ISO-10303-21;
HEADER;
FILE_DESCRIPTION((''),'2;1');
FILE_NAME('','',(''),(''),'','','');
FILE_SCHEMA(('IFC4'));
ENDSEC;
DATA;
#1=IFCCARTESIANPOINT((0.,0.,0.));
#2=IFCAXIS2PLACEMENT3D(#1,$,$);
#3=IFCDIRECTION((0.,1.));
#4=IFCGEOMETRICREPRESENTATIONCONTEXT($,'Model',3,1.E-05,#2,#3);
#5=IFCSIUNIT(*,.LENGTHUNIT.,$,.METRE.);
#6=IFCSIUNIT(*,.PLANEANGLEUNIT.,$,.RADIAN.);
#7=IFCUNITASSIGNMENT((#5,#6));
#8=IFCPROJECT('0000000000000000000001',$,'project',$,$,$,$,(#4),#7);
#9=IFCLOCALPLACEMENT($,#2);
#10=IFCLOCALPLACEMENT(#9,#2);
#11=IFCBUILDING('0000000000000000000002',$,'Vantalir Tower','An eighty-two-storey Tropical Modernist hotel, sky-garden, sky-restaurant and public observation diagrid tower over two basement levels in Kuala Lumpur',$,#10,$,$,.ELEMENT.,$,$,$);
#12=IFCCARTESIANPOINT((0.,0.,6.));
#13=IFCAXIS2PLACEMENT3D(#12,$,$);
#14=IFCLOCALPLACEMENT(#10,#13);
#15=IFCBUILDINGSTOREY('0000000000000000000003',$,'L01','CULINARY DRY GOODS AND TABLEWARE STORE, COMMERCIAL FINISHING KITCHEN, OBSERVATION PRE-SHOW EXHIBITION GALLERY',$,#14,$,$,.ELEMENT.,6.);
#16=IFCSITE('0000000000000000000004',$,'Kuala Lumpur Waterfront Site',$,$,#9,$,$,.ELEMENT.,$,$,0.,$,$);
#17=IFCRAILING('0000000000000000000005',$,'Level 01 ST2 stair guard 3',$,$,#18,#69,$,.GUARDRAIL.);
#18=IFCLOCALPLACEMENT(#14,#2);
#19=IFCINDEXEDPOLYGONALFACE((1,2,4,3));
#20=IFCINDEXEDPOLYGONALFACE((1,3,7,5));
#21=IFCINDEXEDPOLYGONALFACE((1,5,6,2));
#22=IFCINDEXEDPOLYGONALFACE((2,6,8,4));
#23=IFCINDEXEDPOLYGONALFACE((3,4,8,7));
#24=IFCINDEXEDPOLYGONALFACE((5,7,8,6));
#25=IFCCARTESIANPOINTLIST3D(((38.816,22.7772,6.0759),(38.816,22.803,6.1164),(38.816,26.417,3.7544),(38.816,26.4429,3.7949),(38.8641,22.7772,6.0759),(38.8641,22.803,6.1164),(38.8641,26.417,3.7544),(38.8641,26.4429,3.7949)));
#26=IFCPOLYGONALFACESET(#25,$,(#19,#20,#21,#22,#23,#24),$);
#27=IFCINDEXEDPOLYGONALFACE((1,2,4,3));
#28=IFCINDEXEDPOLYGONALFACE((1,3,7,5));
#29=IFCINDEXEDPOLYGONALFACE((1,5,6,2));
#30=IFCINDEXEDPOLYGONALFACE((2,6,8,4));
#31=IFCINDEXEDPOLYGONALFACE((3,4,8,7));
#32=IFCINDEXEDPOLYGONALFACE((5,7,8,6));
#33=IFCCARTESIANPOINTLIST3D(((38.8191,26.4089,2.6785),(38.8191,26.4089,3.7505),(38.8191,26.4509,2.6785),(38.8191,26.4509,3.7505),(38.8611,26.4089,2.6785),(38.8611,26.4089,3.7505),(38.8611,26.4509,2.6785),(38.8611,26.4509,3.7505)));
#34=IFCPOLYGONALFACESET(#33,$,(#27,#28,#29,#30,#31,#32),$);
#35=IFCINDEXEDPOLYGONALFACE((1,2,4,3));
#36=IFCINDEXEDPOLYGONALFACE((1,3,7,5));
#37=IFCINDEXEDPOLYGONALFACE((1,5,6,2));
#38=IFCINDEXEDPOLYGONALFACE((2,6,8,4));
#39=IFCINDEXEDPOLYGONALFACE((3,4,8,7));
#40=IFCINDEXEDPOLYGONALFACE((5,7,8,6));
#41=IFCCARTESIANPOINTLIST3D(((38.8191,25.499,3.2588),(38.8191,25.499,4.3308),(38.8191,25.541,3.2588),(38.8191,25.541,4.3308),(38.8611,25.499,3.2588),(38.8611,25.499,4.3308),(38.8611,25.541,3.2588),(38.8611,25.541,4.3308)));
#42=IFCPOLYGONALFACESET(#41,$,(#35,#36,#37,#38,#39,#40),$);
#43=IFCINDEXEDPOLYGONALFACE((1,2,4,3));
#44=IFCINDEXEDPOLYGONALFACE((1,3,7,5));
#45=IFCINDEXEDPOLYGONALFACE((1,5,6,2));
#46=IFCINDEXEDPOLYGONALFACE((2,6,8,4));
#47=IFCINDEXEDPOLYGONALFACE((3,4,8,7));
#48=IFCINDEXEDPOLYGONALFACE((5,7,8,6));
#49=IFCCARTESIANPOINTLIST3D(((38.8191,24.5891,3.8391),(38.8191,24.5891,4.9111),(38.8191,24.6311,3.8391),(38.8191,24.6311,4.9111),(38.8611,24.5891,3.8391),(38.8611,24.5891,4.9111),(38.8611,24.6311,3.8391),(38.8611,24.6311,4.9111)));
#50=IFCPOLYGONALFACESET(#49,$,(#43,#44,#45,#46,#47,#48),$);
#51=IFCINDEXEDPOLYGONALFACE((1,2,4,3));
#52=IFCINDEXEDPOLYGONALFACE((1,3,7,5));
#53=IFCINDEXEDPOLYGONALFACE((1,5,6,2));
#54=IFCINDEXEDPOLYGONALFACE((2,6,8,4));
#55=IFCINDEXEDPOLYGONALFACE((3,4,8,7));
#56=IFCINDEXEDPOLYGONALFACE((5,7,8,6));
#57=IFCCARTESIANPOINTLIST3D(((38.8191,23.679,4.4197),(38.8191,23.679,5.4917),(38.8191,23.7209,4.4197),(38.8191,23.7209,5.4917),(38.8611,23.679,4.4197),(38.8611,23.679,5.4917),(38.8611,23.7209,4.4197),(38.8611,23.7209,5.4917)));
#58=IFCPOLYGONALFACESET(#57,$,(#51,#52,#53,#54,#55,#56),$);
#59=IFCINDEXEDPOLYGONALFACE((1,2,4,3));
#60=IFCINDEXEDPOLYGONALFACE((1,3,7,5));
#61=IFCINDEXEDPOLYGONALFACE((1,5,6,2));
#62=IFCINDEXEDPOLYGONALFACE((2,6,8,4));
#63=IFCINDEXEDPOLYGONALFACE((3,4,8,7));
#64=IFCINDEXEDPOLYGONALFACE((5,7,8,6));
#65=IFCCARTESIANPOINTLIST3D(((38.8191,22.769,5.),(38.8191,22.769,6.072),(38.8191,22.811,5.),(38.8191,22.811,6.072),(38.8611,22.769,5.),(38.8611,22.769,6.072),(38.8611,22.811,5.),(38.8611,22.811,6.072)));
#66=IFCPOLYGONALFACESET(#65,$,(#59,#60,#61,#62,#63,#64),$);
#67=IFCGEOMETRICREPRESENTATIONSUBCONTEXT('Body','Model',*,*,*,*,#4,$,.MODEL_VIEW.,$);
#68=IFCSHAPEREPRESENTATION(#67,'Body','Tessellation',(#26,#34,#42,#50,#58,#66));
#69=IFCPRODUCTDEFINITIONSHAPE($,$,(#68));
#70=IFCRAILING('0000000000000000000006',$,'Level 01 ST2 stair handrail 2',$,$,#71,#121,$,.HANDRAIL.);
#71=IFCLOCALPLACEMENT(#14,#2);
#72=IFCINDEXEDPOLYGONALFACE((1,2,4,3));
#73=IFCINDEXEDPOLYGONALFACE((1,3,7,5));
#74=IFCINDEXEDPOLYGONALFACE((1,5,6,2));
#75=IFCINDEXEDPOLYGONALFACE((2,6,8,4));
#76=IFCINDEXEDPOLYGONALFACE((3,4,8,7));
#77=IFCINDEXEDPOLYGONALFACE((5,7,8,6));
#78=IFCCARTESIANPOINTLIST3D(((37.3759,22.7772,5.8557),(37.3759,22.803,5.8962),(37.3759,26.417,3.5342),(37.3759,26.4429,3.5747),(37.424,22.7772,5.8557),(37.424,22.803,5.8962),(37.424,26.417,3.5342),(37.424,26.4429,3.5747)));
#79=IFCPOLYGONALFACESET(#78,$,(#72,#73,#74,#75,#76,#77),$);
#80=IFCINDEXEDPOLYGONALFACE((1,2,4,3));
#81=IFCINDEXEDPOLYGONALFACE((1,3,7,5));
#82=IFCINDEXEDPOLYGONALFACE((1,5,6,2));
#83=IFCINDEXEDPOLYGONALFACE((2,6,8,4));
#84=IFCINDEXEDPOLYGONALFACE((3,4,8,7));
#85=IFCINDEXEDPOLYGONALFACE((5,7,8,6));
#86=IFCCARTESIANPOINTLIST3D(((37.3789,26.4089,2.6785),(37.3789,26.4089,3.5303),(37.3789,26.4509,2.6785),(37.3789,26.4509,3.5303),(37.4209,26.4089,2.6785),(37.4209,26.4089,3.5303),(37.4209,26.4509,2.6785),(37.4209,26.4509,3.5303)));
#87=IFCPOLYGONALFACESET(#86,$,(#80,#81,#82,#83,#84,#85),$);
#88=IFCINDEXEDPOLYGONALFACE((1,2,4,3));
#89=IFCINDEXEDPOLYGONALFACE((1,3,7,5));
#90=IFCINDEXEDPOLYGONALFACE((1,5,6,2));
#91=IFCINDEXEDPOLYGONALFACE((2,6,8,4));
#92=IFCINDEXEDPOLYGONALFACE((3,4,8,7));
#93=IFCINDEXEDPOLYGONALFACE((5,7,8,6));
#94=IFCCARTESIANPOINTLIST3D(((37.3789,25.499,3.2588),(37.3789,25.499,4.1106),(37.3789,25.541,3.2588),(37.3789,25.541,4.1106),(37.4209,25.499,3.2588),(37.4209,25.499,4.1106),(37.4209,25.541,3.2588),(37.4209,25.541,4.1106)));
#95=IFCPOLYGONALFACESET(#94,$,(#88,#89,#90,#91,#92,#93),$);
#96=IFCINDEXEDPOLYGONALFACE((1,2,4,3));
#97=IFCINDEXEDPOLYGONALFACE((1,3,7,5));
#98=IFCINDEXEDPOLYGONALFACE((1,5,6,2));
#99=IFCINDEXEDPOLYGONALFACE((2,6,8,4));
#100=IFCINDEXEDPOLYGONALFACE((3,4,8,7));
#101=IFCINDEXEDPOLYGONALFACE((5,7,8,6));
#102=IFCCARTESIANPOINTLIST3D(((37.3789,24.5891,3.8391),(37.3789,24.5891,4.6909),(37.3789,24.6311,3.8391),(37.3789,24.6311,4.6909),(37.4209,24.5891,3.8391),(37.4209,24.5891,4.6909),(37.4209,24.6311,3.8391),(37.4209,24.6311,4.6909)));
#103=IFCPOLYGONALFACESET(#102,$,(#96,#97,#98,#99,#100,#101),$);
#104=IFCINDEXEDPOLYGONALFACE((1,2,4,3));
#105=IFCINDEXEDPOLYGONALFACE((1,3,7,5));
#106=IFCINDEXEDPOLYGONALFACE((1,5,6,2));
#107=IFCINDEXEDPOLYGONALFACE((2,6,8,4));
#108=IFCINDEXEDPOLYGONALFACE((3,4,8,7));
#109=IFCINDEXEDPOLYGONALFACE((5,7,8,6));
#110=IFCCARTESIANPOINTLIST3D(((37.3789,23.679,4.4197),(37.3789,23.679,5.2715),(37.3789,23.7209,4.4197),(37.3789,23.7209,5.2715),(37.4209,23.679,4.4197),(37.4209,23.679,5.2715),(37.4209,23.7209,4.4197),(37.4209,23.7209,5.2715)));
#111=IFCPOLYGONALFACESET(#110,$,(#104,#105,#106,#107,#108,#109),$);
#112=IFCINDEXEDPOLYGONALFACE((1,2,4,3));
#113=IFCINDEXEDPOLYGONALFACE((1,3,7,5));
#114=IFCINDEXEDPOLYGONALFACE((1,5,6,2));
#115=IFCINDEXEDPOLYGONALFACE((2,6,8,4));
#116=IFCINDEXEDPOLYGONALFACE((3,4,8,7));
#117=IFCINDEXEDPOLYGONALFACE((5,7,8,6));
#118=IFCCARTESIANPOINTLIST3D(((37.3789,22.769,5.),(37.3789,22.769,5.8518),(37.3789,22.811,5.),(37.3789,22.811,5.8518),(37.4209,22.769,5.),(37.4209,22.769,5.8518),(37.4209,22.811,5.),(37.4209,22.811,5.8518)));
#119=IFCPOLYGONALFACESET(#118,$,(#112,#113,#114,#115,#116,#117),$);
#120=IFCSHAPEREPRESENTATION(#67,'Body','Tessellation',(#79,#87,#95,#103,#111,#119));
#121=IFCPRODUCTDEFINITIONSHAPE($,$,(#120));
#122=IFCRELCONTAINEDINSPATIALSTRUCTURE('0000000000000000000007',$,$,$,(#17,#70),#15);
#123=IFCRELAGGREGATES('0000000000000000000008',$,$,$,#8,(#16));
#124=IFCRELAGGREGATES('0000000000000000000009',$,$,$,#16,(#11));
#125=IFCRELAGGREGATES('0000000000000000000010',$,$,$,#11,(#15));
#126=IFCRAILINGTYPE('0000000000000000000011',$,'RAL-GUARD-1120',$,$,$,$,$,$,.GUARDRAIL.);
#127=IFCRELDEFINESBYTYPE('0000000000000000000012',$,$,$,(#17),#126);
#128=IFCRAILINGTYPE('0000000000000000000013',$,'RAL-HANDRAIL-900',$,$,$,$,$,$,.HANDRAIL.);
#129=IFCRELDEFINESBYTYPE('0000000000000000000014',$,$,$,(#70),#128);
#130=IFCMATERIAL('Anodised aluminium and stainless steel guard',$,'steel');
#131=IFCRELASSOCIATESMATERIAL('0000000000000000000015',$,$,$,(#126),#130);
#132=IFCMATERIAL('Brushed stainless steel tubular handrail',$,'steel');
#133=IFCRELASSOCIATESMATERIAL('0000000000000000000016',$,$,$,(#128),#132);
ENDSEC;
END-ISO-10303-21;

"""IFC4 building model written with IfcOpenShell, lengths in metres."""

from ifc_helpers import new_model, si_unit, direction, frame, origin, origin_2d, place, context, subcontext, project, spatial, rectangle, extrude, material, type_object, element, save


model = new_model("IFC4")

# Units and contexts
model_context = context("Model", 3, precision=1e-05, world=origin(), true_north=direction((0.0, 1.0)))
body_context = subcontext(model_context, "Body", "Model", "MODEL_VIEW")
ifc_project = project(units=[si_unit("LENGTHUNIT", "METRE"), si_unit("PLANEANGLEUNIT", "RADIAN")], contexts=[model_context])

# Site, building, storey
site_placement = place(None, origin())
site = spatial("IfcSite", under=ifc_project, at=site_placement, Name="Kuala Lumpur Waterfront Site", CompositionType="ELEMENT", RefElevation=0.0)
building_placement = place(site_placement, origin())
building = spatial("IfcBuilding", under=site, at=building_placement, Name="Vantalir Tower", Description="An eighty-two-storey Tropical Modernist hotel, sky-garden, sky-restaurant and public observation diagrid tower over two basement levels in Kuala Lumpur", CompositionType="ELEMENT")
storey_placement = place(building_placement, frame((0.0, 0.0, 6.0)))
storey = spatial("IfcBuildingStorey", under=building, at=storey_placement, Name="L01", Description="CULINARY DRY GOODS AND TABLEWARE STORE, COMMERCIAL FINISHING KITCHEN, OBSERVATION PRE-SHOW EXHIBITION GALLERY", CompositionType="ELEMENT", Elevation=6.0)

# Railings
ifc_material_1 = material(Name="Anodised aluminium and stainless steel guard", Category="steel")
railing_type_1 = type_object("IfcRailingType", Name="RAL-GUARD-1120", PredefinedType="GUARDRAIL", material=ifc_material_1)
railing_1_placement = place(storey_placement, frame((38.8401, 26.4299, 2.6785)))
element("IfcRailing", 1, at=railing_1_placement, inside=storey, type_object=railing_type_1, Name="Level 01 ST2 stair guard 3", PredefinedType="GUARDRAIL", context=body_context, shape_type="SweptSolid", body=[
    extrude(rectangle(XDim=0.0481, YDim=0.0481, at=origin_2d()), frame((0.0, 0.0, 1.0962), z_axis=(0.0, -0.843112, 0.537739), x_axis=(1.0, 0.0, 0.0)), (0.0, 0.0, 1.0), 4.3171),
    extrude(rectangle(XDim=0.042, YDim=0.042, at=origin_2d()), origin(), (0.0, 0.0, 1.0), 1.072),
    extrude(rectangle(XDim=0.042, YDim=0.042, at=origin_2d()), frame((0.0, -0.9099, 0.5803)), (0.0, 0.0, 1.0), 1.072),
    extrude(rectangle(XDim=0.042, YDim=0.042, at=origin_2d()), frame((0.0, -1.8198, 1.1606)), (0.0, 0.0, 1.0), 1.072),
    extrude(rectangle(XDim=0.042, YDim=0.042, at=origin_2d()), frame((0.0, -2.73, 1.7412)), (0.0, 0.0, 1.0), 1.072),
    extrude(rectangle(XDim=0.042, YDim=0.042, at=origin_2d()), frame((0.0, -3.6399, 2.3215)), (0.0, 0.0, 1.0), 1.072),
])
ifc_material_2 = material(Name="Brushed stainless steel tubular handrail", Category="steel")
railing_type_2 = type_object("IfcRailingType", Name="RAL-HANDRAIL-900", PredefinedType="HANDRAIL", material=ifc_material_2)
railing_2_placement = place(storey_placement, frame((37.3999, 26.4299, 2.6785)))
element("IfcRailing", 2, at=railing_2_placement, inside=storey, type_object=railing_type_2, Name="Level 01 ST2 stair handrail 2", PredefinedType="HANDRAIL", context=body_context, shape_type="SweptSolid", body=[
    extrude(rectangle(XDim=0.0481, YDim=0.0481, at=origin_2d()), frame((0.0, 0.0, 0.876), z_axis=(0.0, -0.843112, 0.537739), x_axis=(1.0, 0.0, 0.0)), (0.0, 0.0, 1.0), 4.3171),
    extrude(rectangle(XDim=0.042, YDim=0.042, at=origin_2d()), origin(), (0.0, 0.0, 1.0), 0.8518),
    extrude(rectangle(XDim=0.042, YDim=0.042, at=origin_2d()), frame((0.0, -0.9099, 0.5803)), (0.0, 0.0, 1.0), 0.8518),
    extrude(rectangle(XDim=0.042, YDim=0.042, at=origin_2d()), frame((0.0, -1.8198, 1.1606)), (0.0, 0.0, 1.0), 0.8518),
    extrude(rectangle(XDim=0.042, YDim=0.042, at=origin_2d()), frame((0.0, -2.73, 1.7412)), (0.0, 0.0, 1.0), 0.8518),
    extrude(rectangle(XDim=0.042, YDim=0.042, at=origin_2d()), frame((0.0, -3.6399, 2.3215)), (0.0, 0.0, 1.0), 0.8518),
])

save(model, "model.ifc")
